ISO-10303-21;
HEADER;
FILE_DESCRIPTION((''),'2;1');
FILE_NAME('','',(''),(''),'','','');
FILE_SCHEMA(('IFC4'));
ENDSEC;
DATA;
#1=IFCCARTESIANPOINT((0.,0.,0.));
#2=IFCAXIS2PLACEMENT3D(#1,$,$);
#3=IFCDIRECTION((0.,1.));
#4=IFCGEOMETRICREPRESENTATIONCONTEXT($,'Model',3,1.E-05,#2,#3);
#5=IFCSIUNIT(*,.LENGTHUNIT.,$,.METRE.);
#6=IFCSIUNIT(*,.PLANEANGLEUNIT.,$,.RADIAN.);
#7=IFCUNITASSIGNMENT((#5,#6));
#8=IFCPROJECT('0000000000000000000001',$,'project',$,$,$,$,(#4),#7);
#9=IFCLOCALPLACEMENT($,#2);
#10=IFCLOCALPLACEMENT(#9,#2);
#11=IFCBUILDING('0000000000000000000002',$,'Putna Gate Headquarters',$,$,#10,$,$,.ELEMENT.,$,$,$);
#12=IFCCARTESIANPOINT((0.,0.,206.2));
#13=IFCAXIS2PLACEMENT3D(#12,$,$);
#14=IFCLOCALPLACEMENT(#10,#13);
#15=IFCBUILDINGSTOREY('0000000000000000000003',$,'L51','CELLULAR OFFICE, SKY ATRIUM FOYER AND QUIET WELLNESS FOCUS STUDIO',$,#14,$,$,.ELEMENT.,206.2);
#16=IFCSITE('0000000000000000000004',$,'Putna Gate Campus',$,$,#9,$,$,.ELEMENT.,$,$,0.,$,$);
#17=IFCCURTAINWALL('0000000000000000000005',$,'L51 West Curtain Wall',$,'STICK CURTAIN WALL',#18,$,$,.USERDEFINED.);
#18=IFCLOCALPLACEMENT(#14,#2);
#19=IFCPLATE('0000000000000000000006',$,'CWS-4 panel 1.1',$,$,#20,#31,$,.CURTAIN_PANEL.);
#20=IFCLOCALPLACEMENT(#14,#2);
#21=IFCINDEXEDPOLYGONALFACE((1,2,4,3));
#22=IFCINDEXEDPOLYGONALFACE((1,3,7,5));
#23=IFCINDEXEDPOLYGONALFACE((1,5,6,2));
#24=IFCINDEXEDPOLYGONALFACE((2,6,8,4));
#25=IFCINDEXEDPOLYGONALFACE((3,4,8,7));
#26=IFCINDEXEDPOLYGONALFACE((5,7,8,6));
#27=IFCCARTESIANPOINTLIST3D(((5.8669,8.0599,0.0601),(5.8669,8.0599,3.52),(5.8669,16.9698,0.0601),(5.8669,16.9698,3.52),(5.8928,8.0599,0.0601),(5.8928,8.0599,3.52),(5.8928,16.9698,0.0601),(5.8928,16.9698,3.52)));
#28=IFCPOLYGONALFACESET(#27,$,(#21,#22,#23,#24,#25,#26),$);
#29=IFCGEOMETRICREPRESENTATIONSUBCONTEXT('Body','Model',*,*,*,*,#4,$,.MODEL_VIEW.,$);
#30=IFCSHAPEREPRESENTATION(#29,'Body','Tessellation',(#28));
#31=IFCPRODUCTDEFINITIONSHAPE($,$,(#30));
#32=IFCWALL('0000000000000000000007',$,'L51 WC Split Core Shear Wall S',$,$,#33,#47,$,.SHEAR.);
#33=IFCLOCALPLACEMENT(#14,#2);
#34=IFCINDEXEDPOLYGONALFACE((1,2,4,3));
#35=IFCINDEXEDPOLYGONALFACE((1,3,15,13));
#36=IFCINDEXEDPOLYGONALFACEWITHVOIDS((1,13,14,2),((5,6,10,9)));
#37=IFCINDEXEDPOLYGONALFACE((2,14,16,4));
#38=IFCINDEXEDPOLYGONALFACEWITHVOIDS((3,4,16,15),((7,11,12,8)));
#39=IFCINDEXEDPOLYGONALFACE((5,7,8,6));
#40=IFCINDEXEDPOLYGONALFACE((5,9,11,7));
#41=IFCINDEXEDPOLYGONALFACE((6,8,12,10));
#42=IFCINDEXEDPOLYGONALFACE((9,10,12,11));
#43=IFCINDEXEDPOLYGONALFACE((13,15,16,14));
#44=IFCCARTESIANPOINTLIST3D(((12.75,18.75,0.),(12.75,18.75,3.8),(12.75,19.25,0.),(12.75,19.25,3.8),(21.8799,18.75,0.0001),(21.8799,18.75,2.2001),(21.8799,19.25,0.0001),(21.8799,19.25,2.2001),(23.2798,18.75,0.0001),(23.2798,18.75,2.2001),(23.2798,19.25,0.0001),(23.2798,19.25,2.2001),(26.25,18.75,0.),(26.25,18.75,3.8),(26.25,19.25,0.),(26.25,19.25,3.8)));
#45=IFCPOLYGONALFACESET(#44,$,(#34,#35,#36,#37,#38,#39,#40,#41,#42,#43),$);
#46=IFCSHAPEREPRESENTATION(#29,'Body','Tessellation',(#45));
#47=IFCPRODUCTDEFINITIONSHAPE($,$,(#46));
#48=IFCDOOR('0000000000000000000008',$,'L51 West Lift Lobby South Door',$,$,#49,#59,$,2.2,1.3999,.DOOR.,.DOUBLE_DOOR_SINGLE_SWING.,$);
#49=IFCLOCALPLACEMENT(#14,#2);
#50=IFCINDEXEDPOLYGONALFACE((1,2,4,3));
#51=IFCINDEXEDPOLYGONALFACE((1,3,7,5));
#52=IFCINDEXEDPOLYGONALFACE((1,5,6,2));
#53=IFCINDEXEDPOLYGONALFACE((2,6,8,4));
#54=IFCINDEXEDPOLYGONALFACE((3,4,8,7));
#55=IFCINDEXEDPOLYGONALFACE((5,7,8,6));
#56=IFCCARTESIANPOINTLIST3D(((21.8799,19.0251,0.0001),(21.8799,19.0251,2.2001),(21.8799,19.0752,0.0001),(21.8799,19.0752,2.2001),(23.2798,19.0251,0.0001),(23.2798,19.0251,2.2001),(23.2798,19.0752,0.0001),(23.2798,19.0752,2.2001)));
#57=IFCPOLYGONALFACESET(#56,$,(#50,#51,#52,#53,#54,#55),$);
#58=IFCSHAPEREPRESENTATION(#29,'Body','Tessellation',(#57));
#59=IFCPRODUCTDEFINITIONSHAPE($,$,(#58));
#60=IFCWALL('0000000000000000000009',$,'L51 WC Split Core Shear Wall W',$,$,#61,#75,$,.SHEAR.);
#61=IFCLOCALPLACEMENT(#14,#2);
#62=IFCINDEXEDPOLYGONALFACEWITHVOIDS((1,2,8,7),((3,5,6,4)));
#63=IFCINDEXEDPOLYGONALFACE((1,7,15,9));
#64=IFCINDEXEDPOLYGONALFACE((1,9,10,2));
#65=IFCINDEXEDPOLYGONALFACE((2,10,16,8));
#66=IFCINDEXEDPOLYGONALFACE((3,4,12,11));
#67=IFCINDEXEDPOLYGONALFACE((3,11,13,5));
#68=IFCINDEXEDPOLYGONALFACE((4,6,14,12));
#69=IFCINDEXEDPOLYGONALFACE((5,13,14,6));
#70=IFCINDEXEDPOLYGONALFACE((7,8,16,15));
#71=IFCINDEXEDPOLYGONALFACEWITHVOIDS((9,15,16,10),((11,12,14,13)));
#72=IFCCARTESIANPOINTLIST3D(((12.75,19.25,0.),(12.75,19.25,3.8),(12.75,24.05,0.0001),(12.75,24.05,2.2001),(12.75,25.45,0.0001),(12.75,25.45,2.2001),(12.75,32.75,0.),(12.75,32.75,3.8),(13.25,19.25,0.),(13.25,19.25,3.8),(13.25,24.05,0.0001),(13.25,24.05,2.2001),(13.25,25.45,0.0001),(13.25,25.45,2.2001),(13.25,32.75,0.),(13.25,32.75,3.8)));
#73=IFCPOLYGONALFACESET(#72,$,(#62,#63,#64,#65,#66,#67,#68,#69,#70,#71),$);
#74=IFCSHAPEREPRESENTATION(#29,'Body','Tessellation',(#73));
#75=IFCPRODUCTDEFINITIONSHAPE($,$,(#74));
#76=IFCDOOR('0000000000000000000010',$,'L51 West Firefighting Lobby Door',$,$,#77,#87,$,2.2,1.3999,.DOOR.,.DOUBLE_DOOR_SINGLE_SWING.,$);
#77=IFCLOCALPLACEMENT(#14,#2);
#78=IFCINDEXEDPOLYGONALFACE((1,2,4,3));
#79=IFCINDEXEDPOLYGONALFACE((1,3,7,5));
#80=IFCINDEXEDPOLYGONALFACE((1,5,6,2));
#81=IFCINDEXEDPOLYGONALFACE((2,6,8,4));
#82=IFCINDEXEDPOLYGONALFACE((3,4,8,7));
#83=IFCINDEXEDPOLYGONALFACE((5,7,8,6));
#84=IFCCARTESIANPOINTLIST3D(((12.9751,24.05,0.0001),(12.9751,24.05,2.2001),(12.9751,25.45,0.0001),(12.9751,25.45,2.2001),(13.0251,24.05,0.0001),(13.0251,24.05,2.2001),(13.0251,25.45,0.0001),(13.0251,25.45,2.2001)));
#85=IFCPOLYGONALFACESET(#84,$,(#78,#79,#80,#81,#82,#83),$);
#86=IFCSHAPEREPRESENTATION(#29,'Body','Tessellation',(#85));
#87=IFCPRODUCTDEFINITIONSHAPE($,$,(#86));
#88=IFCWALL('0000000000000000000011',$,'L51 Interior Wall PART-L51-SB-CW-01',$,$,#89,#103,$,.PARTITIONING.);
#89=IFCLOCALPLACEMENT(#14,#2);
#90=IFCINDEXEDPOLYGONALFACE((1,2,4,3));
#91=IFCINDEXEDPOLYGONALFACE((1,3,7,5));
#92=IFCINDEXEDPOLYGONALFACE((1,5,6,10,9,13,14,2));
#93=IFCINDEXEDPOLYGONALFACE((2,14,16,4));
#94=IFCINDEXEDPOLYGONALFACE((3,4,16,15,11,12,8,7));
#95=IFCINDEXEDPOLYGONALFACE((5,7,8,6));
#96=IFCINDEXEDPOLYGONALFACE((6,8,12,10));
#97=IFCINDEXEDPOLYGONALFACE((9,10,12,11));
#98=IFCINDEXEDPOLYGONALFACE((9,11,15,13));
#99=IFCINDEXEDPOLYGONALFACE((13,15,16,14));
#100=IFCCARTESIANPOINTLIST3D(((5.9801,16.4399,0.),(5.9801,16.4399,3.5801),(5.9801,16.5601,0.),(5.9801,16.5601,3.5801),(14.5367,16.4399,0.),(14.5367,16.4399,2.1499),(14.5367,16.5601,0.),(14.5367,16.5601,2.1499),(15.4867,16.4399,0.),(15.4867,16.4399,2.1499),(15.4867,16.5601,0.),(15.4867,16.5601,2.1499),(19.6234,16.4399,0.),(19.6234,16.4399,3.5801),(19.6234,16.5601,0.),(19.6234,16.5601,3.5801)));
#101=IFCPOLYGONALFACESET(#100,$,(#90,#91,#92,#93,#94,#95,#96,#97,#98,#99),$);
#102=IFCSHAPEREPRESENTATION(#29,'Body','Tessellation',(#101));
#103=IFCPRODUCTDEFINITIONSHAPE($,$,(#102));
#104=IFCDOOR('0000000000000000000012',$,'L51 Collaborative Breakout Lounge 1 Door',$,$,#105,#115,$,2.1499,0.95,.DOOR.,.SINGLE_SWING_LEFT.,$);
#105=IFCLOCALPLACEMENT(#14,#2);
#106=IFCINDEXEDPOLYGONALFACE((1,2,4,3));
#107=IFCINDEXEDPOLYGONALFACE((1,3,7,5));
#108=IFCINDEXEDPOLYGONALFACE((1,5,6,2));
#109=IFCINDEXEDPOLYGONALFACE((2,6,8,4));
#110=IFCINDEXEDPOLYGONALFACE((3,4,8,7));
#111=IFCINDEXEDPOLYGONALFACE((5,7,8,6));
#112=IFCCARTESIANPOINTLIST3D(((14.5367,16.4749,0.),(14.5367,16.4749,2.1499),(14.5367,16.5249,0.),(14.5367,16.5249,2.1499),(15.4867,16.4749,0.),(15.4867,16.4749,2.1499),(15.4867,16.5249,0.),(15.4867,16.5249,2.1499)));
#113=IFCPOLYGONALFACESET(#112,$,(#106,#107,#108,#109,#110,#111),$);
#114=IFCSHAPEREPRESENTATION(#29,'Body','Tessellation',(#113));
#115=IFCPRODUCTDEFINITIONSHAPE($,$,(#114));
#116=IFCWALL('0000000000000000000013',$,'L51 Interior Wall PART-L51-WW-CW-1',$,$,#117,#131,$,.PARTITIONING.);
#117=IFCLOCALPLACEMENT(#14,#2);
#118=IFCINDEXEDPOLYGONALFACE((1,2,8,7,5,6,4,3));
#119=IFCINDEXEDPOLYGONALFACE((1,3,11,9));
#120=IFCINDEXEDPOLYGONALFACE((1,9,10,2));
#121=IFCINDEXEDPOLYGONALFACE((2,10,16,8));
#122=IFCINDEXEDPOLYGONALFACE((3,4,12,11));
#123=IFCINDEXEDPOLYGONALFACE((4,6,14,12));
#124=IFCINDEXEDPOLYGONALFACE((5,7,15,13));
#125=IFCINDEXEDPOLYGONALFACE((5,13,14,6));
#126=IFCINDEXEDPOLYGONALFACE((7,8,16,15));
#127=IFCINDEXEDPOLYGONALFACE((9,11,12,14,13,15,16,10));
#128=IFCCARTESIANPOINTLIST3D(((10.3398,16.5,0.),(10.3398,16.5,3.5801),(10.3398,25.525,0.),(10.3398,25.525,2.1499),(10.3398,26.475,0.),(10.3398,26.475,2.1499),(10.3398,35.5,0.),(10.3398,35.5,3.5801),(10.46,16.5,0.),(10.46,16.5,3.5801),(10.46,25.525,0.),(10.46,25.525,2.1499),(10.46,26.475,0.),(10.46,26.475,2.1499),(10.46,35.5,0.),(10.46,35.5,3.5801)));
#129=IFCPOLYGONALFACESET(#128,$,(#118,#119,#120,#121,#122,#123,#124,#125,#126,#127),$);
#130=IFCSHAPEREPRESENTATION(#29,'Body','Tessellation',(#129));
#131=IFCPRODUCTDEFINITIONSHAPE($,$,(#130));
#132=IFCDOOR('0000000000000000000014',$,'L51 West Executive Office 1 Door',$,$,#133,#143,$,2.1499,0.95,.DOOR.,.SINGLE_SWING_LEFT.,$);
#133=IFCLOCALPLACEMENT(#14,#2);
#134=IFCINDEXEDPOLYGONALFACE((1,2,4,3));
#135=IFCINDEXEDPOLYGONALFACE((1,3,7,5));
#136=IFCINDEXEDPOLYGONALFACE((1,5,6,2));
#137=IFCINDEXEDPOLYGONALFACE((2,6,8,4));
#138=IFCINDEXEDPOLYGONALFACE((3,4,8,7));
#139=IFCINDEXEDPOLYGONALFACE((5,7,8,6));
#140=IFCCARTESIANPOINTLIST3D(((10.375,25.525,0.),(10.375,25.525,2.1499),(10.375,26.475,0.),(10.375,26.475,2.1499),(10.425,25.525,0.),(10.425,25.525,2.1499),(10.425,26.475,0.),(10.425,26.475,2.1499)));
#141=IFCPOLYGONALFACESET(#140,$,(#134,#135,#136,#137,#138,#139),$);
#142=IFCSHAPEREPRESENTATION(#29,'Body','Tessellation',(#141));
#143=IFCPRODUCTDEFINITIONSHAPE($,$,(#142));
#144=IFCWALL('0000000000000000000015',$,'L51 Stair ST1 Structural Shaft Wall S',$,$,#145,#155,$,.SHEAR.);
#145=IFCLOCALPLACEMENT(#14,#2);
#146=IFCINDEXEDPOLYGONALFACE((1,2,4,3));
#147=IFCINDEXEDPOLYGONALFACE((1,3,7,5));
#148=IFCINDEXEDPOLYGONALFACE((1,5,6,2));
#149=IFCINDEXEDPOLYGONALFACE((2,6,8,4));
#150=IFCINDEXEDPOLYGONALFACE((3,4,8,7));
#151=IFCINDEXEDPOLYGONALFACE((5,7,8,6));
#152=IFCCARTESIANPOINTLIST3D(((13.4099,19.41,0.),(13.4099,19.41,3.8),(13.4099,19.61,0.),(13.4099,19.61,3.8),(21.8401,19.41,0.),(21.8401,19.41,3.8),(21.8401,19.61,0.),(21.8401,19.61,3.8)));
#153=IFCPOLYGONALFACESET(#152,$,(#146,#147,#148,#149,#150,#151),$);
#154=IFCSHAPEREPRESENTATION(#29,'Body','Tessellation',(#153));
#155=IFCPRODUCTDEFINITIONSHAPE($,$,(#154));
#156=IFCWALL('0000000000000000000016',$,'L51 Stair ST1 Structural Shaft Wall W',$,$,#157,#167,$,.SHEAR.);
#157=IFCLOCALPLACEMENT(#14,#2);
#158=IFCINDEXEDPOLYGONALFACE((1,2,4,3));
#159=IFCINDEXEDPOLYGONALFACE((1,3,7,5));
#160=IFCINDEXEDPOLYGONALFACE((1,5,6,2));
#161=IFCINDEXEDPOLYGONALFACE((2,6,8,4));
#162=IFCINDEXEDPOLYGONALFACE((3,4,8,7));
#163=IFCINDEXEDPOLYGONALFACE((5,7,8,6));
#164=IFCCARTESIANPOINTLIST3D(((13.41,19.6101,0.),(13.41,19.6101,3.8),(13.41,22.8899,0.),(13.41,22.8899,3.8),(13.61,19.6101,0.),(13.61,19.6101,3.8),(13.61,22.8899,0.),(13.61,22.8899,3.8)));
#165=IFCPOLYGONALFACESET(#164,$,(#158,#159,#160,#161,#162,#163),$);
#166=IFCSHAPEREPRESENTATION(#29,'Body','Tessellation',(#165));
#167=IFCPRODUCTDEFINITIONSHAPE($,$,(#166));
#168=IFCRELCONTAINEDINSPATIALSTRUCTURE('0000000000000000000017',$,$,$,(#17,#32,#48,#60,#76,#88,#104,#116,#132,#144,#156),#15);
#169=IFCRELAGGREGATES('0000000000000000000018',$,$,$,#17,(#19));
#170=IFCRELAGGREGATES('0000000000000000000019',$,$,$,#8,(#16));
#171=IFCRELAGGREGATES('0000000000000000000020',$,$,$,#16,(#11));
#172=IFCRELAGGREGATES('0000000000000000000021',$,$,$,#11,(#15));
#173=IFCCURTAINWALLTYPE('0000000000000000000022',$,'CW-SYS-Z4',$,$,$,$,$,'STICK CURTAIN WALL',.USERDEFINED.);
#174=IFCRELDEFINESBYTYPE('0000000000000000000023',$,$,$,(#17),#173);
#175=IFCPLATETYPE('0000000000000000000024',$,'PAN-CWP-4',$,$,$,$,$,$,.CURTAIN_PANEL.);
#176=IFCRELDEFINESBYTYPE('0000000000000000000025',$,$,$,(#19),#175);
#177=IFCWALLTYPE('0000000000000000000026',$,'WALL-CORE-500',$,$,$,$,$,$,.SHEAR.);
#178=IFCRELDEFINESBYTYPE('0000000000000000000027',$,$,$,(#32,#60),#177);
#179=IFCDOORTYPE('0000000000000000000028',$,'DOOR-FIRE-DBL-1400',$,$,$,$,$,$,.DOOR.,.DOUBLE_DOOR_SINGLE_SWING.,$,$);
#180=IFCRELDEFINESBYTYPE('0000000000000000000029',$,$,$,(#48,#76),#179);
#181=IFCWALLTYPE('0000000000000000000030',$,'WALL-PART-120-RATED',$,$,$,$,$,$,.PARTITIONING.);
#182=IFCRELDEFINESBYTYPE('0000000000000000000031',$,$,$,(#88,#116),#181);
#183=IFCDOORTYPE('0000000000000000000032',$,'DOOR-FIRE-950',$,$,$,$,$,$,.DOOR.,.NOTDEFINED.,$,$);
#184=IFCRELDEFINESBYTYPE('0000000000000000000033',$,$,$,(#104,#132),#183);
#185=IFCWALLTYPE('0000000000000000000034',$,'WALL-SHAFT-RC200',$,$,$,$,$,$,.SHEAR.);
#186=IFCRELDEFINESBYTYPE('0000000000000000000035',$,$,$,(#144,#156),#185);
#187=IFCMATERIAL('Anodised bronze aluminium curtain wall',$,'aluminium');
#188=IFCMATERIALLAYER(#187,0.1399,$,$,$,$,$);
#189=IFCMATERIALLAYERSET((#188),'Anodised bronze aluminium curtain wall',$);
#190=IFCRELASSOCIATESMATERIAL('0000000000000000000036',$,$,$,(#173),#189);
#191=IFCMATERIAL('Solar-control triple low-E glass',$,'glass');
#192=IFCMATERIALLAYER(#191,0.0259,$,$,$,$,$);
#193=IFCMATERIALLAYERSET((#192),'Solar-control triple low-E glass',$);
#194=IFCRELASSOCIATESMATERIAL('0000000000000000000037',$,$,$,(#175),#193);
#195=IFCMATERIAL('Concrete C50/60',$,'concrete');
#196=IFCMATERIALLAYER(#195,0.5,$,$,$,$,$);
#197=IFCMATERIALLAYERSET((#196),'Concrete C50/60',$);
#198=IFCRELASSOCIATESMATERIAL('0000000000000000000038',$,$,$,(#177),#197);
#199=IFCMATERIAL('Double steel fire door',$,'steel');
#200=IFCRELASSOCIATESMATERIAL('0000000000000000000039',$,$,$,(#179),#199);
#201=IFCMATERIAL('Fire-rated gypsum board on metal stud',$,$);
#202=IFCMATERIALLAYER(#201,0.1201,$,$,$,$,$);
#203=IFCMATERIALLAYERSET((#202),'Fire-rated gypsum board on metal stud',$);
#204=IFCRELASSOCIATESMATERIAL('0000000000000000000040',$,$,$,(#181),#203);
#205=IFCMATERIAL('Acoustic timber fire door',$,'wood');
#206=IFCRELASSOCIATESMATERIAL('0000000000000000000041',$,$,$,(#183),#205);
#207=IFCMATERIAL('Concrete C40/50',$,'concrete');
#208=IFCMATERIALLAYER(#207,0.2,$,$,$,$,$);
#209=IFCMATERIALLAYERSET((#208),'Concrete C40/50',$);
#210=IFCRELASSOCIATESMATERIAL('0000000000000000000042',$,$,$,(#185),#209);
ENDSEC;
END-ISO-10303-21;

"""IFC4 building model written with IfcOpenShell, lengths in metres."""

from ifc_helpers import new_model, si_unit, direction, frame, frame_2d, origin, origin_2d, place, context, subcontext, project, spatial, rectangle, extrude, material, layer, layer_set, type_object, element, fill, aggregate, save


model = new_model("IFC4")

# Units and contexts
model_context = context("Model", 3, precision=1e-05, world=origin(), true_north=direction((0.0, 1.0)))
body_context = subcontext(model_context, "Body", "Model", "MODEL_VIEW")
ifc_project = project(units=[si_unit("LENGTHUNIT", "METRE"), si_unit("PLANEANGLEUNIT", "RADIAN")], contexts=[model_context])

# Site, building, storey
site_placement = place(None, origin())
site = spatial("IfcSite", under=ifc_project, at=site_placement, Name="Putna Gate Campus", CompositionType="ELEMENT", RefElevation=0.0)
building_placement = place(site_placement, origin())
building = spatial("IfcBuilding", under=site, at=building_placement, Name="Putna Gate Headquarters", CompositionType="ELEMENT")
storey_placement = place(building_placement, frame((0.0, 0.0, 206.2)))
storey = spatial("IfcBuildingStorey", under=building, at=storey_placement, Name="L51", Description="CELLULAR OFFICE, SKY ATRIUM FOYER AND QUIET WELLNESS FOCUS STUDIO", CompositionType="ELEMENT", Elevation=206.2)

# Curtain wall, plate
ifc_material_1 = material(Name="Anodised bronze aluminium curtain wall", Category="aluminium")
ifc_layer_1 = layer(ifc_material_1, 0.1399)
ifc_layer_set_1 = layer_set([ifc_layer_1], Name="Anodised bronze aluminium curtain wall")
curtain_wall_type = type_object("IfcCurtainWallType", Name="CW-SYS-Z4", ElementType="STICK CURTAIN WALL", PredefinedType="USERDEFINED", material=ifc_layer_set_1)
curtain_wall_placement = place(storey_placement, origin())
curtain_wall = element("IfcCurtainWall", 1, at=curtain_wall_placement, inside=storey, type_object=curtain_wall_type, Name="L51 West Curtain Wall", ObjectType="STICK CURTAIN WALL", PredefinedType="USERDEFINED")
ifc_material_2 = material(Name="Solar-control triple low-E glass", Category="glass")
ifc_layer_2 = layer(ifc_material_2, 0.0259)
ifc_layer_set_2 = layer_set([ifc_layer_2], Name="Solar-control triple low-E glass")
plate_type = type_object("IfcPlateType", Name="PAN-CWP-4", PredefinedType="CURTAIN_PANEL", material=ifc_layer_set_2)
plate_placement = place(storey_placement, frame((5.8799, 12.5149, 0.0601), z_axis=(0.0, 0.0, 1.0), x_axis=(0.0, 1.0, 0.0)))
plate = element("IfcPlate", 2, at=plate_placement, type_object=plate_type, Name="CWS-4 panel 1.1", PredefinedType="CURTAIN_PANEL", context=body_context, shape_type="SweptSolid", body=[
    extrude(rectangle(XDim=8.9099, YDim=0.0259, at=origin_2d()), origin(), (0.0, 0.0, 1.0), 3.46),
])
aggregate(curtain_wall, [plate])

# Walls, openings, doors
ifc_material_3 = material(Name="Concrete C50/60", Category="concrete")
ifc_layer_3 = layer(ifc_material_3, 0.5)
ifc_layer_set_3 = layer_set([ifc_layer_3], Name="Concrete C50/60")
wall_type_1 = type_object("IfcWallType", Name="WALL-CORE-500", PredefinedType="SHEAR", material=ifc_layer_set_3)
wall_1_placement = place(storey_placement, frame((12.75, 19.0, 0.0), z_axis=(0.0, 0.0, 1.0), x_axis=(1.0, 0.0, 0.0)))
wall_1 = element("IfcWall", 3, at=wall_1_placement, inside=storey, type_object=wall_type_1, Name="L51 WC Split Core Shear Wall S", PredefinedType="SHEAR", context=body_context, shape_type="SweptSolid", body=[
    extrude(rectangle(XDim=13.5, YDim=0.5, at=frame_2d((6.75, 0.0))), origin(), (0.0, 0.0, 1.0), 3.8),
])
opening_1_placement = place(wall_1_placement, frame((9.1299, 0.0, 0.0)))
opening_1 = element("IfcOpeningElement", 4, at=opening_1_placement, cuts=wall_1, PredefinedType="OPENING", context=body_context, shape_type="SweptSolid", body=[
    extrude(rectangle(XDim=1.3999, YDim=2.2, at=frame_2d((0.7, 1.1001))), frame((0.0, 0.26, 0.0), z_axis=(0.0, -1.0, 0.0), x_axis=(1.0, 0.0, 0.0)), (0.0, 0.0, 1.0), 0.52),
])
ifc_material_4 = material(Name="Double steel fire door", Category="steel")
door_type_1 = type_object("IfcDoorType", Name="DOOR-FIRE-DBL-1400", OperationType="DOUBLE_DOOR_SINGLE_SWING", PredefinedType="DOOR", material=ifc_material_4)
door_1_placement = place(opening_1_placement, origin())
door_1 = element("IfcDoor", 5, at=door_1_placement, inside=storey, type_object=door_type_1, Name="L51 West Lift Lobby South Door", OperationType="DOUBLE_DOOR_SINGLE_SWING", OverallHeight=2.2, OverallWidth=1.3999, PredefinedType="DOOR", context=body_context, shape_type="SweptSolid", body=[
    extrude(rectangle(XDim=1.3999, YDim=2.2, at=frame_2d((0.7, 1.1001))), frame((0.0, 0.0752, 0.0), z_axis=(0.0, -1.0, 0.0), x_axis=(1.0, 0.0, 0.0)), (0.0, 0.0, 1.0), 0.05),
])
fill(opening_1, door_1)
wall_2_placement = place(storey_placement, frame((13.0, 19.25, 0.0), z_axis=(0.0, 0.0, 1.0), x_axis=(0.0, 1.0, 0.0)))
wall_2 = element("IfcWall", 6, at=wall_2_placement, inside=storey, type_object=wall_type_1, Name="L51 WC Split Core Shear Wall W", PredefinedType="SHEAR", context=body_context, shape_type="SweptSolid", body=[
    extrude(rectangle(XDim=13.5, YDim=0.5, at=frame_2d((6.75, 0.0))), origin(), (0.0, 0.0, 1.0), 3.8),
])
opening_2_placement = place(wall_2_placement, frame((4.8, 0.0, 0.0)))
opening_2 = element("IfcOpeningElement", 7, at=opening_2_placement, cuts=wall_2, PredefinedType="OPENING", context=body_context, shape_type="SweptSolid", body=[
    extrude(rectangle(XDim=1.3999, YDim=2.2, at=frame_2d((0.7, 1.1001))), frame((0.0, 0.26, 0.0), z_axis=(0.0, -1.0, 0.0), x_axis=(1.0, 0.0, 0.0)), (0.0, 0.0, 1.0), 0.52),
])
door_2_placement = place(opening_2_placement, origin())
door_2 = element("IfcDoor", 8, at=door_2_placement, inside=storey, type_object=door_type_1, Name="L51 West Firefighting Lobby Door", OperationType="DOUBLE_DOOR_SINGLE_SWING", OverallHeight=2.2, OverallWidth=1.3999, PredefinedType="DOOR", context=body_context, shape_type="SweptSolid", body=[
    extrude(rectangle(XDim=1.3999, YDim=2.2, at=frame_2d((0.7, 1.1001))), frame((0.0, 0.0249, 0.0), z_axis=(0.0, -1.0, 0.0), x_axis=(1.0, 0.0, 0.0)), (0.0, 0.0, 1.0), 0.05),
])
fill(opening_2, door_2)
ifc_material_5 = material(Name="Fire-rated gypsum board on metal stud")
ifc_layer_4 = layer(ifc_material_5, 0.1201)
ifc_layer_set_4 = layer_set([ifc_layer_4], Name="Fire-rated gypsum board on metal stud")
wall_type_2 = type_object("IfcWallType", Name="WALL-PART-120-RATED", PredefinedType="PARTITIONING", material=ifc_layer_set_4)
wall_3_placement = place(storey_placement, frame((5.98, 16.5, 0.0), z_axis=(0.0, 0.0, 1.0), x_axis=(1.0, 0.0, 0.0)))
wall_3 = element("IfcWall", 9, at=wall_3_placement, inside=storey, type_object=wall_type_2, Name="L51 Interior Wall PART-L51-SB-CW-01", PredefinedType="PARTITIONING", context=body_context, shape_type="SweptSolid", body=[
    extrude(rectangle(XDim=13.6433, YDim=0.1201, at=frame_2d((6.8218, 0.0))), origin(), (0.0, 0.0, 1.0), 3.5801),
])
opening_3_placement = place(wall_3_placement, frame((8.5566, 0.0, 0.0)))
opening_3 = element("IfcOpeningElement", 10, at=opening_3_placement, cuts=wall_3, PredefinedType="OPENING", context=body_context, shape_type="SweptSolid", body=[
    extrude(rectangle(XDim=0.95, YDim=2.1499, at=frame_2d((0.4751, 1.075))), frame((0.0, 0.0701, 0.0), z_axis=(0.0, -1.0, 0.0), x_axis=(1.0, 0.0, 0.0)), (0.0, 0.0, 1.0), 0.1401),
])
ifc_material_6 = material(Name="Acoustic timber fire door", Category="wood")
door_type_2 = type_object("IfcDoorType", Name="DOOR-FIRE-950", OperationType="NOTDEFINED", PredefinedType="DOOR", material=ifc_material_6)
door_3_placement = place(opening_3_placement, origin())
door_3 = element("IfcDoor", 11, at=door_3_placement, inside=storey, type_object=door_type_2, Name="L51 Collaborative Breakout Lounge 1 Door", OperationType="SINGLE_SWING_LEFT", OverallHeight=2.1499, OverallWidth=0.95, PredefinedType="DOOR", context=body_context, shape_type="SweptSolid", body=[
    extrude(rectangle(XDim=0.95, YDim=2.1499, at=frame_2d((0.4751, 1.075))), frame((0.0, 0.0249, 0.0), z_axis=(0.0, -1.0, 0.0), x_axis=(1.0, 0.0, 0.0)), (0.0, 0.0, 1.0), 0.05),
])
fill(opening_3, door_3)
wall_4_placement = place(storey_placement, frame((10.3999, 16.5, 0.0), z_axis=(0.0, 0.0, 1.0), x_axis=(0.0, 1.0, 0.0)))
wall_4 = element("IfcWall", 12, at=wall_4_placement, inside=storey, type_object=wall_type_2, Name="L51 Interior Wall PART-L51-WW-CW-1", PredefinedType="PARTITIONING", context=body_context, shape_type="SweptSolid", body=[
    extrude(rectangle(XDim=19.0, YDim=0.1201, at=frame_2d((9.5, 0.0))), origin(), (0.0, 0.0, 1.0), 3.5801),
])
opening_4_placement = place(wall_4_placement, frame((9.0249, 0.0, 0.0)))
opening_4 = element("IfcOpeningElement", 13, at=opening_4_placement, cuts=wall_4, PredefinedType="OPENING", context=body_context, shape_type="SweptSolid", body=[
    extrude(rectangle(XDim=0.95, YDim=2.1499, at=frame_2d((0.4751, 1.075))), frame((0.0, 0.0701, 0.0), z_axis=(0.0, -1.0, 0.0), x_axis=(1.0, 0.0, 0.0)), (0.0, 0.0, 1.0), 0.1401),
])
door_4_placement = place(opening_4_placement, origin())
door_4 = element("IfcDoor", 14, at=door_4_placement, inside=storey, type_object=door_type_2, Name="L51 West Executive Office 1 Door", OperationType="SINGLE_SWING_LEFT", OverallHeight=2.1499, OverallWidth=0.95, PredefinedType="DOOR", context=body_context, shape_type="SweptSolid", body=[
    extrude(rectangle(XDim=0.95, YDim=2.1499, at=frame_2d((0.4751, 1.075))), frame((0.0, 0.0249, 0.0), z_axis=(0.0, -1.0, 0.0), x_axis=(1.0, 0.0, 0.0)), (0.0, 0.0, 1.0), 0.05),
])
fill(opening_4, door_4)

# Walls
ifc_material_7 = material(Name="Concrete C40/50", Category="concrete")
ifc_layer_5 = layer(ifc_material_7, 0.2)
ifc_layer_set_5 = layer_set([ifc_layer_5], Name="Concrete C40/50")
wall_type_3 = type_object("IfcWallType", Name="WALL-SHAFT-RC200", PredefinedType="SHEAR", material=ifc_layer_set_5)
wall_5_placement = place(storey_placement, frame((13.4099, 19.51, 0.0), z_axis=(0.0, 0.0, 1.0), x_axis=(1.0, 0.0, 0.0)))
element("IfcWall", 15, at=wall_5_placement, inside=storey, type_object=wall_type_3, Name="L51 Stair ST1 Structural Shaft Wall S", PredefinedType="SHEAR", context=body_context, shape_type="SweptSolid", body=[
    extrude(rectangle(XDim=8.4302, YDim=0.2, at=frame_2d((4.2151, 0.0))), origin(), (0.0, 0.0, 1.0), 3.8),
])
wall_6_placement = place(storey_placement, frame((13.51, 19.6101, 0.0), z_axis=(0.0, 0.0, 1.0), x_axis=(0.0, 1.0, 0.0)))
element("IfcWall", 16, at=wall_6_placement, inside=storey, type_object=wall_type_3, Name="L51 Stair ST1 Structural Shaft Wall W", PredefinedType="SHEAR", context=body_context, shape_type="SweptSolid", body=[
    extrude(rectangle(XDim=3.2798, YDim=0.2, at=frame_2d((1.6399, 0.0))), origin(), (0.0, 0.0, 1.0), 3.8),
])

save(model, "model.ifc")
